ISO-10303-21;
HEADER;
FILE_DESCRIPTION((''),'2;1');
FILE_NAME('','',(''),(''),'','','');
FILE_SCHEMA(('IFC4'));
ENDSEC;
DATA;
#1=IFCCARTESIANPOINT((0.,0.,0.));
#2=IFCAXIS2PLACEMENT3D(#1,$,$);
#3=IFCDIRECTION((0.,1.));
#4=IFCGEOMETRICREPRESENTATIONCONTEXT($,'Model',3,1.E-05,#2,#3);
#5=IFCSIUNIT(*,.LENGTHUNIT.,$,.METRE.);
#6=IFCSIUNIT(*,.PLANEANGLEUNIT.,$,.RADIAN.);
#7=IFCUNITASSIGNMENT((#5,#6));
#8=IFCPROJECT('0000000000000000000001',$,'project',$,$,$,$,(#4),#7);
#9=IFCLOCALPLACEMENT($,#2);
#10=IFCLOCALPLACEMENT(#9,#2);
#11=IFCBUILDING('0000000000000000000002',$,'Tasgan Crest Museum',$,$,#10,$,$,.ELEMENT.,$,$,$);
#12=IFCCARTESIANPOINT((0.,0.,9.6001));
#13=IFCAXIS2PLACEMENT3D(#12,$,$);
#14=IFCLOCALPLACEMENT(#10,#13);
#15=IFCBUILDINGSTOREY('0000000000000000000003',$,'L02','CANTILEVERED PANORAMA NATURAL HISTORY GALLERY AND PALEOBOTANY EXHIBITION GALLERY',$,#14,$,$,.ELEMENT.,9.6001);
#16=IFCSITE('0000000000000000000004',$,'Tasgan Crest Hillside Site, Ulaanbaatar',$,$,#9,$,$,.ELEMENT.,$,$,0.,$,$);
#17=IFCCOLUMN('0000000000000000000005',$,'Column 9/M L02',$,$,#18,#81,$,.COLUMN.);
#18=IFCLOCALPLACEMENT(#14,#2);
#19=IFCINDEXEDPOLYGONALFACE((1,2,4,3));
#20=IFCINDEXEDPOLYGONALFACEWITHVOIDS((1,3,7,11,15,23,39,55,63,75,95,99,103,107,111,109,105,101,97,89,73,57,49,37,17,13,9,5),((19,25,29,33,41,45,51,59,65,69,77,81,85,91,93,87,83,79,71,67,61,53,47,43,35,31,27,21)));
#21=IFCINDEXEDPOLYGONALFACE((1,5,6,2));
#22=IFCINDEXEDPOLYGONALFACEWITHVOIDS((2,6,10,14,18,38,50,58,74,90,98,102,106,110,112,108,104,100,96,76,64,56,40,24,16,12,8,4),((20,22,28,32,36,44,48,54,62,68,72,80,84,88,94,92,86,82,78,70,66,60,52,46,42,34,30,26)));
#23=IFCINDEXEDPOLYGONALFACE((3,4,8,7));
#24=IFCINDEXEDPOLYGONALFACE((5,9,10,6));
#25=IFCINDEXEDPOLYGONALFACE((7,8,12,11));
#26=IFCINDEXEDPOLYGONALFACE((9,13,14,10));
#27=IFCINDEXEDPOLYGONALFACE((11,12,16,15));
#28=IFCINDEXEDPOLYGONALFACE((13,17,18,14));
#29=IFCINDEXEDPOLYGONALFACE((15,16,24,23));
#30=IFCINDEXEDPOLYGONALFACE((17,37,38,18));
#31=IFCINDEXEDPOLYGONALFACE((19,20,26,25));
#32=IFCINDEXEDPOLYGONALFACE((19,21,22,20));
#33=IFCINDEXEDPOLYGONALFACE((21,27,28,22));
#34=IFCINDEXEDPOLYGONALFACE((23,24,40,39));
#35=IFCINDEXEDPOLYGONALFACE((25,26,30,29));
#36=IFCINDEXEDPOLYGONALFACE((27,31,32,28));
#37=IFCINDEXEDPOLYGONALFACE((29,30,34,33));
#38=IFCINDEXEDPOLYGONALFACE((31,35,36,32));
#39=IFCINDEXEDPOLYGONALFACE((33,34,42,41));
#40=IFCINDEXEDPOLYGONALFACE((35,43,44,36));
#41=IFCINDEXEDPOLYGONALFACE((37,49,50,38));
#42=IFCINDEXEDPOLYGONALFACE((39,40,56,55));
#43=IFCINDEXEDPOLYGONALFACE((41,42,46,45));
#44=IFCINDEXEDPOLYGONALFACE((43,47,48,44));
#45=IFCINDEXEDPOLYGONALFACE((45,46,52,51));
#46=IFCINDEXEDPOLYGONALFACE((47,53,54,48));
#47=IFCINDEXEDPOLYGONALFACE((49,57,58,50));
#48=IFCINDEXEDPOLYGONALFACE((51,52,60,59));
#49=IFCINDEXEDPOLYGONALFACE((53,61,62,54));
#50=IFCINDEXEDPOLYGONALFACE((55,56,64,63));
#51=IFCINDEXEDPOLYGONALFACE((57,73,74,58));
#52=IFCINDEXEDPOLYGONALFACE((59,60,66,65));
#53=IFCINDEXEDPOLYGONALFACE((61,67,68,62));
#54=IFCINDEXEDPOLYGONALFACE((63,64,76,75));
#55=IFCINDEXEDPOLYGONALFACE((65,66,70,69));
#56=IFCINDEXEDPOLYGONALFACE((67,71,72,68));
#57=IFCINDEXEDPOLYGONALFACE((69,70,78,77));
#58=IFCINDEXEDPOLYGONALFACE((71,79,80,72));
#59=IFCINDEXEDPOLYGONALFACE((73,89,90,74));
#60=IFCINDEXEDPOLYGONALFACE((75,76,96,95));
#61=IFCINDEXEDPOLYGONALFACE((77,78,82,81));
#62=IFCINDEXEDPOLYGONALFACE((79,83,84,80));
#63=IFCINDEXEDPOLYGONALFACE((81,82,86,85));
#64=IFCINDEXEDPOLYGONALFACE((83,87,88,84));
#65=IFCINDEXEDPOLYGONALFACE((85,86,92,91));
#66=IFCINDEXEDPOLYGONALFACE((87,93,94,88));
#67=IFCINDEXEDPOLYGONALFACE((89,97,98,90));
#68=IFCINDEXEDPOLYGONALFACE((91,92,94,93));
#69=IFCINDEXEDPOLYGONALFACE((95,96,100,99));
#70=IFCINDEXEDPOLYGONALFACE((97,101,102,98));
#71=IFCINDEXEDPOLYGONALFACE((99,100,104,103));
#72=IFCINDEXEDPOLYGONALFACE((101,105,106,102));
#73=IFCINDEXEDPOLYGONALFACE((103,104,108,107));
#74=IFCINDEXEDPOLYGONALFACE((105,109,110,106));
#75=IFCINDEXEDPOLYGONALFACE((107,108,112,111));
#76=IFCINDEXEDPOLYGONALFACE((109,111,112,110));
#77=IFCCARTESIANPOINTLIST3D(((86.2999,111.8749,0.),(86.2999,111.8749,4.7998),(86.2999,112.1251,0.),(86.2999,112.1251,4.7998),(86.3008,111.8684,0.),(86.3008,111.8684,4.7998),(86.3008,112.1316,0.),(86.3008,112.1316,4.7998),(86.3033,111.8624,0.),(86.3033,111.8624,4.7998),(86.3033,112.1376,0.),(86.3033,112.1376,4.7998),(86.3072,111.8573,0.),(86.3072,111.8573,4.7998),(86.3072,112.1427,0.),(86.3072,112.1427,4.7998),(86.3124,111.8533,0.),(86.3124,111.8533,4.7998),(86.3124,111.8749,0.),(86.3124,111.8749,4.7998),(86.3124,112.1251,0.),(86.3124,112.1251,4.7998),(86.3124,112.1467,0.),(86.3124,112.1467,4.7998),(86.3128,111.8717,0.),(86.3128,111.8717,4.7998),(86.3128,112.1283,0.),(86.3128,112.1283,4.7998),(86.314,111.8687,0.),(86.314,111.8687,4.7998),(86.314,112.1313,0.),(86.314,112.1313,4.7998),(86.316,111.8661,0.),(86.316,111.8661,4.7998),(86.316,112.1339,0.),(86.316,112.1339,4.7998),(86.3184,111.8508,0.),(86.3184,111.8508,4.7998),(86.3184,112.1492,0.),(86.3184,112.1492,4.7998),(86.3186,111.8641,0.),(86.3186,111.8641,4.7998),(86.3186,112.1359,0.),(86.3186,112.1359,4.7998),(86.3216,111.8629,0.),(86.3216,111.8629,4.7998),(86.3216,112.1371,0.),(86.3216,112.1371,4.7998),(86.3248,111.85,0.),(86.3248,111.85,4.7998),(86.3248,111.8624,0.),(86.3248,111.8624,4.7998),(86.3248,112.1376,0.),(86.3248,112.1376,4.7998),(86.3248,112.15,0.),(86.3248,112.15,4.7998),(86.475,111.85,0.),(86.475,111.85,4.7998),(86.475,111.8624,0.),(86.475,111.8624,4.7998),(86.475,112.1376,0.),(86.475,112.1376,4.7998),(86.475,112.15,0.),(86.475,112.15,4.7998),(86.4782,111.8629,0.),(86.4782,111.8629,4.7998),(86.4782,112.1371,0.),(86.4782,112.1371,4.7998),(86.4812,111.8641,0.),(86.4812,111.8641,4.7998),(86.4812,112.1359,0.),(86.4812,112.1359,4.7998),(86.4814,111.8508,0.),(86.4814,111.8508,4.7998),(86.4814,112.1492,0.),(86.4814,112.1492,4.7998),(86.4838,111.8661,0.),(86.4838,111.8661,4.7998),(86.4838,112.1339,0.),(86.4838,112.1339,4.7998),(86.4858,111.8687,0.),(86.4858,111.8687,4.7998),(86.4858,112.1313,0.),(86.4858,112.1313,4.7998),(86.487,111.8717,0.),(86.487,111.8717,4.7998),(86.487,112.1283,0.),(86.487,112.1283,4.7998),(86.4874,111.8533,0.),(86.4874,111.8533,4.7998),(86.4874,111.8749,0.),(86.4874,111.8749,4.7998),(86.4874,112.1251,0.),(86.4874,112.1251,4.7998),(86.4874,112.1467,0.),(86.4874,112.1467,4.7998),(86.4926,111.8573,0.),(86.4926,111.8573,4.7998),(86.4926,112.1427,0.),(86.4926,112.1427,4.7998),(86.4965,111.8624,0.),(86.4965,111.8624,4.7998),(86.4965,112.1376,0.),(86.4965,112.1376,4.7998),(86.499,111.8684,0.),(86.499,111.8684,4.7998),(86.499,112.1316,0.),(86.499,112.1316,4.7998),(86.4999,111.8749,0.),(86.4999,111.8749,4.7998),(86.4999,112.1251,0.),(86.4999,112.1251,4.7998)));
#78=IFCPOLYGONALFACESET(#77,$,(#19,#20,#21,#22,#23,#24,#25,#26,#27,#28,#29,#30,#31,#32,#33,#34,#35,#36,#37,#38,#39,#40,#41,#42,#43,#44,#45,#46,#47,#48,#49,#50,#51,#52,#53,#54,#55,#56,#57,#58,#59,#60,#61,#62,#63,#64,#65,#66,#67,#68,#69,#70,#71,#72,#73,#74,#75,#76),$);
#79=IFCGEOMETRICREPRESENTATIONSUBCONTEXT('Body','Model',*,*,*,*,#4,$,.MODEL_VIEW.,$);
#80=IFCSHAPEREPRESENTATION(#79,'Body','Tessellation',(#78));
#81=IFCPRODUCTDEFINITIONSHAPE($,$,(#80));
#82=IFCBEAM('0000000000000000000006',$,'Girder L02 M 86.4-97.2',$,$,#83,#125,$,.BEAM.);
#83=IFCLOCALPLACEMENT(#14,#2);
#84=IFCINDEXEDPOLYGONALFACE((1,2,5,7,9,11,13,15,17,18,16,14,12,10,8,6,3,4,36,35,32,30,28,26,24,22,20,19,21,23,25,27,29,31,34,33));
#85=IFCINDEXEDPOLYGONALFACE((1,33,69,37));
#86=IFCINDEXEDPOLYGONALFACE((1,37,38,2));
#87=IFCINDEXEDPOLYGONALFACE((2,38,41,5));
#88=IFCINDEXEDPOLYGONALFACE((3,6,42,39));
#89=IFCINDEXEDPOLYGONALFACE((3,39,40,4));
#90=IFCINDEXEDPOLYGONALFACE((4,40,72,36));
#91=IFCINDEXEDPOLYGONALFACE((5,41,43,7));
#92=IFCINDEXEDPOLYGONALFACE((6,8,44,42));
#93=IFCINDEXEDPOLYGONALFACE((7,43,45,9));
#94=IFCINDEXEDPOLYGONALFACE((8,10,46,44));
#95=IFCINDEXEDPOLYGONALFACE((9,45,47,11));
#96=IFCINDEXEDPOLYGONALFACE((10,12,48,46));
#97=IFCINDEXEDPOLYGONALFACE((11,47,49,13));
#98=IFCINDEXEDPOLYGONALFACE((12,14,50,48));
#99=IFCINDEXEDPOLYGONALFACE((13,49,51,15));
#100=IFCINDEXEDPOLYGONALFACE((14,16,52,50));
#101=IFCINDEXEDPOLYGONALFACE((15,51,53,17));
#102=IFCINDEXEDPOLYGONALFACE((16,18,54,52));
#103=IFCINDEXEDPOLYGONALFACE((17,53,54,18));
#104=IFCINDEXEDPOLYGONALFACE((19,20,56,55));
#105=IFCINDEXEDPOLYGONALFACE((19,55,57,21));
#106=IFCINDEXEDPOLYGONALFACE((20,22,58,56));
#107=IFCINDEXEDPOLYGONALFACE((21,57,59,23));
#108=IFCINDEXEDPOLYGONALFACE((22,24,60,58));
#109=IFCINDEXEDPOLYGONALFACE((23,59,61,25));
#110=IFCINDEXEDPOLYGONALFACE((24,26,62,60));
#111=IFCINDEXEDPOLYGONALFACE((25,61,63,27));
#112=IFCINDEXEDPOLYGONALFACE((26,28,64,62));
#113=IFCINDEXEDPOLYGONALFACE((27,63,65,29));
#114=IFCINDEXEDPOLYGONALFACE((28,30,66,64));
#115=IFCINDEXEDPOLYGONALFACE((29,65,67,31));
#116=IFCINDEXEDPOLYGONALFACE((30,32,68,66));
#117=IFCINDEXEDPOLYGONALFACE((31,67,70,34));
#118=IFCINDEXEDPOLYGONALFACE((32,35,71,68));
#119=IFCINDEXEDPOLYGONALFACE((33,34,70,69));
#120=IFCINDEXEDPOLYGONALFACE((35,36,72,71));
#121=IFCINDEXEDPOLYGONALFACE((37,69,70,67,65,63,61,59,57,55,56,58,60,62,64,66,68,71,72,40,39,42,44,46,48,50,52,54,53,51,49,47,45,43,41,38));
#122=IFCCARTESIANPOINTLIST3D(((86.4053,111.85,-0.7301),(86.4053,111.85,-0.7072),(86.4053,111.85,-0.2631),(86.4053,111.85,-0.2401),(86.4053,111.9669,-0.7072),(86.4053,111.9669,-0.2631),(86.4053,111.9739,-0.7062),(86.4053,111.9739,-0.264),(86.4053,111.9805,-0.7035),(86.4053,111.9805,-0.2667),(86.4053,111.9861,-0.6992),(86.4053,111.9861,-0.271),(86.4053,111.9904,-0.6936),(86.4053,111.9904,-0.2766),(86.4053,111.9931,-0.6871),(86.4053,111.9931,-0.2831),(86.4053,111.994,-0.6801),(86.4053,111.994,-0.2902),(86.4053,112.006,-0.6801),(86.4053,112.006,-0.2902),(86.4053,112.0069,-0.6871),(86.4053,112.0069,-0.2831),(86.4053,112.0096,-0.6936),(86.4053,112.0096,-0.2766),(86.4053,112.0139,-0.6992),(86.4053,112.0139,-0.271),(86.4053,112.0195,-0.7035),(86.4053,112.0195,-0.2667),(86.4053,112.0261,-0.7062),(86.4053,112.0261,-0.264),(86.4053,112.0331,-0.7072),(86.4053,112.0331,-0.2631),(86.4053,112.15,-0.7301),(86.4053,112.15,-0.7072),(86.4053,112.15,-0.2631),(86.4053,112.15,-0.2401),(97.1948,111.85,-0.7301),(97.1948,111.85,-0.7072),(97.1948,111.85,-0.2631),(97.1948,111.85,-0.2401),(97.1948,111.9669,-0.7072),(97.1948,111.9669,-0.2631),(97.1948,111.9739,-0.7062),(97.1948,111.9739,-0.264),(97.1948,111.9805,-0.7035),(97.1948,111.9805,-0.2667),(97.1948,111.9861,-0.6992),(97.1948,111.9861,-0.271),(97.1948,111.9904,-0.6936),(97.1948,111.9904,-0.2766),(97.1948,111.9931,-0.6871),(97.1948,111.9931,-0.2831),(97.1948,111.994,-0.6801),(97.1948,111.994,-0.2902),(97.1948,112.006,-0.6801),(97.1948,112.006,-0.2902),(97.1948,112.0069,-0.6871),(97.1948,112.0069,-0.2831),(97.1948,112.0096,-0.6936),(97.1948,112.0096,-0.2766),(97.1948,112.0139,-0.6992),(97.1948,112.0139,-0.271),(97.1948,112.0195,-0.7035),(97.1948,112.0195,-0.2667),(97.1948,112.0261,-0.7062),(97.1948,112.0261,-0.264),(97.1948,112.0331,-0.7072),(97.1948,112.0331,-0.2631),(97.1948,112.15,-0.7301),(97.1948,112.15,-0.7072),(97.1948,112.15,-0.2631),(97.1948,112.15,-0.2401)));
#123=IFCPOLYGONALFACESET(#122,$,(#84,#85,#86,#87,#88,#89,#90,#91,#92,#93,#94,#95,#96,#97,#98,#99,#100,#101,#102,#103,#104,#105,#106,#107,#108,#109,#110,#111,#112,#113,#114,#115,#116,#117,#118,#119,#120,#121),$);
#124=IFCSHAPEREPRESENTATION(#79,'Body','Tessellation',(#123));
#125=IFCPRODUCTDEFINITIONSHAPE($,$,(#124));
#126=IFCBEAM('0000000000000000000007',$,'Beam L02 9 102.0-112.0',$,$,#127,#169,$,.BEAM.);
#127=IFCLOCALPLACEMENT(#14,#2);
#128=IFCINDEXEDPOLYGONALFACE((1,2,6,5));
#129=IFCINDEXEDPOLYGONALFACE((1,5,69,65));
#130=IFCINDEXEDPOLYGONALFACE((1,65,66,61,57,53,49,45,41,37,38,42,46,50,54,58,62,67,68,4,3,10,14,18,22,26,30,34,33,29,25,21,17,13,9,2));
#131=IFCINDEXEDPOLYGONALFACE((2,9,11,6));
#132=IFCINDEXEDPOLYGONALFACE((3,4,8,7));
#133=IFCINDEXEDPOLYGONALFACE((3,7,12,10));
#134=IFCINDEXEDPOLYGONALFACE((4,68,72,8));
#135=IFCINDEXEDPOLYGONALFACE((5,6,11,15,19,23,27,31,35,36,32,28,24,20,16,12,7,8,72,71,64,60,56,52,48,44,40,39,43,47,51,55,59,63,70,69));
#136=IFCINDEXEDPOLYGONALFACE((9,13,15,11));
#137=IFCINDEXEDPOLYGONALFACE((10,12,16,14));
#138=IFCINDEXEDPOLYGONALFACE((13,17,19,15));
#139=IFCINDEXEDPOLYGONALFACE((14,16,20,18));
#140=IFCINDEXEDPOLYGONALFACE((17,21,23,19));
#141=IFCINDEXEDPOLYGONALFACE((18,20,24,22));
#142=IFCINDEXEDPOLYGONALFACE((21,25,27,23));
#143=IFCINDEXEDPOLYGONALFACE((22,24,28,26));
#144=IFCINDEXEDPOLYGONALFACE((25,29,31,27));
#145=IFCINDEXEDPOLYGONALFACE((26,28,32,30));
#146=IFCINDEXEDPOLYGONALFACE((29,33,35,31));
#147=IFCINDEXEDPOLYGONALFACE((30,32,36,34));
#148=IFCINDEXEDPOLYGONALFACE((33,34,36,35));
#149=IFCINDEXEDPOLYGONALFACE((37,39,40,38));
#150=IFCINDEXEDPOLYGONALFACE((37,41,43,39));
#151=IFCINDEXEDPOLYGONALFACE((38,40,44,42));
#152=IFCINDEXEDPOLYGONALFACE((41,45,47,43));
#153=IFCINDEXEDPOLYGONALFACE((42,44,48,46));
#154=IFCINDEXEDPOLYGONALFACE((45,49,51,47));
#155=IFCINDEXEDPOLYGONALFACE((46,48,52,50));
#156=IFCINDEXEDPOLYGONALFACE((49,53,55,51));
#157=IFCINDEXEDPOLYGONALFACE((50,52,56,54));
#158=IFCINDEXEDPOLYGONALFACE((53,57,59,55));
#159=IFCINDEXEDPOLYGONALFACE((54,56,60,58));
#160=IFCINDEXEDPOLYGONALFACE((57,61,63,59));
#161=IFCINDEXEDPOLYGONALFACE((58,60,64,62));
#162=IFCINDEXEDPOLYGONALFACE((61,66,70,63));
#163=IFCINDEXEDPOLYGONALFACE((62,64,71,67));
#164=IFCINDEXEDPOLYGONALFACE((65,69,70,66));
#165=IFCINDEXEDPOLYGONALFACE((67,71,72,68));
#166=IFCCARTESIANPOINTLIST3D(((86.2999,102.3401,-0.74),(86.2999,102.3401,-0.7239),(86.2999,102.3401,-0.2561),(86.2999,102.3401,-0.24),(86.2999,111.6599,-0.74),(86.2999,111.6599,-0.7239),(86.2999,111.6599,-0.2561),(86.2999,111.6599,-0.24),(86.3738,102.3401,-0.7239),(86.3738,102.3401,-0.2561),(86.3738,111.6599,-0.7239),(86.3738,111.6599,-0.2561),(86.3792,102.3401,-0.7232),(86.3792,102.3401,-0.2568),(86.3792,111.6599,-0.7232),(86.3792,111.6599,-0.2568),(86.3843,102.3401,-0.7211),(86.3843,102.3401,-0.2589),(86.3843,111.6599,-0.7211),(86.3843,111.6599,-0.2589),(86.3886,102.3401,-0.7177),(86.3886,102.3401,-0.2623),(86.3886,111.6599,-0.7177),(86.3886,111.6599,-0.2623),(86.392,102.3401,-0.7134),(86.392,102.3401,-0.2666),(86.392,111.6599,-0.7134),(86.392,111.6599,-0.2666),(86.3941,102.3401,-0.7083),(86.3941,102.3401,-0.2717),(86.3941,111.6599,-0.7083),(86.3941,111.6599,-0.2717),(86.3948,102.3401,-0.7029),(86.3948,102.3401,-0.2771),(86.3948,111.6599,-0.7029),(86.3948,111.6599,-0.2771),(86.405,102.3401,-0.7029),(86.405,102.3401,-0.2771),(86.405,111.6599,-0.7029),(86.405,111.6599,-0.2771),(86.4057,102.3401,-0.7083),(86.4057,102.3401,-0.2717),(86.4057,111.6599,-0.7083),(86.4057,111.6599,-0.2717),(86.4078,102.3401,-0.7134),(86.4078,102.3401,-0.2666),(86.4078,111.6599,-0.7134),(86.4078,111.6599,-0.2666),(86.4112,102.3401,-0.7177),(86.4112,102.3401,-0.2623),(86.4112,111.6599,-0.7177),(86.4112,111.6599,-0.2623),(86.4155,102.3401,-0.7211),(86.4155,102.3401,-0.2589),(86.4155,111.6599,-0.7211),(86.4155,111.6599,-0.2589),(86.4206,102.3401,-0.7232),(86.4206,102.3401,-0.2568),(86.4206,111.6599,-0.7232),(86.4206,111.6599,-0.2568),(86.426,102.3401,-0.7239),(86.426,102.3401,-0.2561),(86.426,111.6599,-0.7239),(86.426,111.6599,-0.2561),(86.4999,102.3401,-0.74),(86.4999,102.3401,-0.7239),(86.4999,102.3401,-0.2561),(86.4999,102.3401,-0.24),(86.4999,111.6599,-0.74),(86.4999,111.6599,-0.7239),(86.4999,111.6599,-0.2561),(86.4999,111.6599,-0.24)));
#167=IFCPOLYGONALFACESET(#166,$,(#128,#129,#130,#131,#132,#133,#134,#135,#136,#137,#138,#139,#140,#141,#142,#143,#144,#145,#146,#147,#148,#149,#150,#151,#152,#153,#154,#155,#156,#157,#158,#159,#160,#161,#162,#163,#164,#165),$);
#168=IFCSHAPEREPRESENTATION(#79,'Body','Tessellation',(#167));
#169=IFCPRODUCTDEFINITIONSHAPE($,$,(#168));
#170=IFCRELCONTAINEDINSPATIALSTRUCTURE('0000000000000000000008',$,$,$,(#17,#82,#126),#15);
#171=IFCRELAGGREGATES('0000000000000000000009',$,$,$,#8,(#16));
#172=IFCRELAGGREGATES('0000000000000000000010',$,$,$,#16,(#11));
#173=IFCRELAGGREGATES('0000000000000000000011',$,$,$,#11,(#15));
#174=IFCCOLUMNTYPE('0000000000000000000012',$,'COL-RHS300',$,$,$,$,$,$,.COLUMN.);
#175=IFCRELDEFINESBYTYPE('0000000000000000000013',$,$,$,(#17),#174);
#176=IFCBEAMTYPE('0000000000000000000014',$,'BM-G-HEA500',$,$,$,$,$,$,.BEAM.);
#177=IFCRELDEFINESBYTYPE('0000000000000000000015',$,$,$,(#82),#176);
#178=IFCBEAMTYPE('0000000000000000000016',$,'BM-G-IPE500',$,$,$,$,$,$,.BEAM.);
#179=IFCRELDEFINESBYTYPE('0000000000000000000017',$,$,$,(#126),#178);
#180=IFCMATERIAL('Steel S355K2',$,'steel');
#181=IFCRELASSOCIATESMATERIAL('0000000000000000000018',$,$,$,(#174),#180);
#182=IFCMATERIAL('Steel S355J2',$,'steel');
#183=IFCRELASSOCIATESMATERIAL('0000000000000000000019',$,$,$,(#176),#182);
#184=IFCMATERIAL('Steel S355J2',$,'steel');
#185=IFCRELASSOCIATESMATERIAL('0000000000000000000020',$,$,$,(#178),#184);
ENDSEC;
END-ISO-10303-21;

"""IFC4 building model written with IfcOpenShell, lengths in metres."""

from ifc_helpers import new_model, si_unit, direction, frame, origin, origin_2d, place, context, subcontext, project, spatial, hollow_rectangle, i_section, extrude, material, material_profile, profile_set, type_object, element, save


model = new_model("IFC4")

# Units and contexts
model_context = context("Model", 3, precision=1e-05, world=origin(), true_north=direction((0.0, 1.0)))
body_context = subcontext(model_context, "Body", "Model", "MODEL_VIEW")
ifc_project = project(units=[si_unit("LENGTHUNIT", "METRE"), si_unit("PLANEANGLEUNIT", "RADIAN")], contexts=[model_context])

# Site, building, storey
site_placement = place(None, origin())
site = spatial("IfcSite", under=ifc_project, at=site_placement, Name="Tasgan Crest Hillside Site, Ulaanbaatar", CompositionType="ELEMENT", RefElevation=0.0)
building_placement = place(site_placement, origin())
building = spatial("IfcBuilding", under=site, at=building_placement, Name="Tasgan Crest Museum", CompositionType="ELEMENT")
storey_placement = place(building_placement, frame((0.0, 0.0, 9.6001)))
storey = spatial("IfcBuildingStorey", under=building, at=storey_placement, Name="L02", Description="CANTILEVERED PANORAMA NATURAL HISTORY GALLERY AND PALEOBOTANY EXHIBITION GALLERY", CompositionType="ELEMENT", Elevation=9.6001)

# Column
ifc_material_1 = material(Name="Steel S355K2", Category="steel")
ifc_material_profile_1 = material_profile(ifc_material_1, hollow_rectangle(XDim=0.2, YDim=0.3, WallThickness=0.0125, InnerFilletRadius=0.0125, OuterFilletRadius=0.0249, at=origin_2d()), Name="RHS 300x200x12.5")
ifc_profile_set_1 = profile_set([ifc_material_profile_1], Name="Steel S355K2")
column_type = type_object("IfcColumnType", Name="COL-RHS300", PredefinedType="COLUMN", material=ifc_profile_set_1)
column_placement = place(storey_placement, frame((86.3999, 112.0, 0.0), z_axis=(0.0, 0.0, 1.0), x_axis=(1.0, 0.0, 0.0)))
element("IfcColumn", 1, at=column_placement, inside=storey, type_object=column_type, Name="Column 9/M L02", PredefinedType="COLUMN", context=body_context, shape_type="SweptSolid", body=[
    extrude(hollow_rectangle(XDim=0.2, YDim=0.3, WallThickness=0.0125, InnerFilletRadius=0.0125, OuterFilletRadius=0.0249, at=origin_2d()), origin(), (0.0, 0.0, 1.0), 4.7998),
])

# Beams
ifc_material_2 = material(Name="Steel S355J2", Category="steel")
ifc_material_profile_2 = material_profile(ifc_material_2, i_section(OverallWidth=0.3, OverallDepth=0.49, WebThickness=0.012, FlangeThickness=0.0229, FilletRadius=0.0271, at=origin_2d()), Name="HEA 500")
ifc_profile_set_2 = profile_set([ifc_material_profile_2], Name="Steel S355J2")
beam_type_1 = type_object("IfcBeamType", Name="BM-G-HEA500", PredefinedType="BEAM", material=ifc_profile_set_2)
beam_1_placement = place(storey_placement, frame((86.4053, 112.0, -0.4851), z_axis=(1.0, 0.0, 0.0), x_axis=(0.0, 1.0, 0.0)))
element("IfcBeam", 2, at=beam_1_placement, inside=storey, type_object=beam_type_1, Name="Girder L02 M 86.4-97.2", PredefinedType="BEAM", context=body_context, shape_type="SweptSolid", body=[
    extrude(i_section(OverallWidth=0.3, OverallDepth=0.49, WebThickness=0.012, FlangeThickness=0.0229, FilletRadius=0.0271, at=origin_2d()), origin(), (0.0, 0.0, 1.0), 10.7896),
])
ifc_material_3 = material(Name="Steel S355J2", Category="steel")
ifc_material_profile_3 = material_profile(ifc_material_3, i_section(OverallWidth=0.2, OverallDepth=0.5, WebThickness=0.0103, FlangeThickness=0.0161, FilletRadius=0.021, at=origin_2d()), Name="IPE 500")
ifc_profile_set_3 = profile_set([ifc_material_profile_3], Name="Steel S355J2")
beam_type_2 = type_object("IfcBeamType", Name="BM-G-IPE500", PredefinedType="BEAM", material=ifc_profile_set_3)
beam_2_placement = place(storey_placement, frame((86.3999, 102.3401, -0.49), z_axis=(0.0, 1.0, 0.0), x_axis=(-1.0, 0.0, 0.0)))
element("IfcBeam", 3, at=beam_2_placement, inside=storey, type_object=beam_type_2, Name="Beam L02 9 102.0-112.0", PredefinedType="BEAM", context=body_context, shape_type="SweptSolid", body=[
    extrude(i_section(OverallWidth=0.2, OverallDepth=0.5, WebThickness=0.0103, FlangeThickness=0.0161, FilletRadius=0.021, at=origin_2d()), origin(), (0.0, 0.0, 1.0), 9.3198),
])

save(model, "model.ifc")
